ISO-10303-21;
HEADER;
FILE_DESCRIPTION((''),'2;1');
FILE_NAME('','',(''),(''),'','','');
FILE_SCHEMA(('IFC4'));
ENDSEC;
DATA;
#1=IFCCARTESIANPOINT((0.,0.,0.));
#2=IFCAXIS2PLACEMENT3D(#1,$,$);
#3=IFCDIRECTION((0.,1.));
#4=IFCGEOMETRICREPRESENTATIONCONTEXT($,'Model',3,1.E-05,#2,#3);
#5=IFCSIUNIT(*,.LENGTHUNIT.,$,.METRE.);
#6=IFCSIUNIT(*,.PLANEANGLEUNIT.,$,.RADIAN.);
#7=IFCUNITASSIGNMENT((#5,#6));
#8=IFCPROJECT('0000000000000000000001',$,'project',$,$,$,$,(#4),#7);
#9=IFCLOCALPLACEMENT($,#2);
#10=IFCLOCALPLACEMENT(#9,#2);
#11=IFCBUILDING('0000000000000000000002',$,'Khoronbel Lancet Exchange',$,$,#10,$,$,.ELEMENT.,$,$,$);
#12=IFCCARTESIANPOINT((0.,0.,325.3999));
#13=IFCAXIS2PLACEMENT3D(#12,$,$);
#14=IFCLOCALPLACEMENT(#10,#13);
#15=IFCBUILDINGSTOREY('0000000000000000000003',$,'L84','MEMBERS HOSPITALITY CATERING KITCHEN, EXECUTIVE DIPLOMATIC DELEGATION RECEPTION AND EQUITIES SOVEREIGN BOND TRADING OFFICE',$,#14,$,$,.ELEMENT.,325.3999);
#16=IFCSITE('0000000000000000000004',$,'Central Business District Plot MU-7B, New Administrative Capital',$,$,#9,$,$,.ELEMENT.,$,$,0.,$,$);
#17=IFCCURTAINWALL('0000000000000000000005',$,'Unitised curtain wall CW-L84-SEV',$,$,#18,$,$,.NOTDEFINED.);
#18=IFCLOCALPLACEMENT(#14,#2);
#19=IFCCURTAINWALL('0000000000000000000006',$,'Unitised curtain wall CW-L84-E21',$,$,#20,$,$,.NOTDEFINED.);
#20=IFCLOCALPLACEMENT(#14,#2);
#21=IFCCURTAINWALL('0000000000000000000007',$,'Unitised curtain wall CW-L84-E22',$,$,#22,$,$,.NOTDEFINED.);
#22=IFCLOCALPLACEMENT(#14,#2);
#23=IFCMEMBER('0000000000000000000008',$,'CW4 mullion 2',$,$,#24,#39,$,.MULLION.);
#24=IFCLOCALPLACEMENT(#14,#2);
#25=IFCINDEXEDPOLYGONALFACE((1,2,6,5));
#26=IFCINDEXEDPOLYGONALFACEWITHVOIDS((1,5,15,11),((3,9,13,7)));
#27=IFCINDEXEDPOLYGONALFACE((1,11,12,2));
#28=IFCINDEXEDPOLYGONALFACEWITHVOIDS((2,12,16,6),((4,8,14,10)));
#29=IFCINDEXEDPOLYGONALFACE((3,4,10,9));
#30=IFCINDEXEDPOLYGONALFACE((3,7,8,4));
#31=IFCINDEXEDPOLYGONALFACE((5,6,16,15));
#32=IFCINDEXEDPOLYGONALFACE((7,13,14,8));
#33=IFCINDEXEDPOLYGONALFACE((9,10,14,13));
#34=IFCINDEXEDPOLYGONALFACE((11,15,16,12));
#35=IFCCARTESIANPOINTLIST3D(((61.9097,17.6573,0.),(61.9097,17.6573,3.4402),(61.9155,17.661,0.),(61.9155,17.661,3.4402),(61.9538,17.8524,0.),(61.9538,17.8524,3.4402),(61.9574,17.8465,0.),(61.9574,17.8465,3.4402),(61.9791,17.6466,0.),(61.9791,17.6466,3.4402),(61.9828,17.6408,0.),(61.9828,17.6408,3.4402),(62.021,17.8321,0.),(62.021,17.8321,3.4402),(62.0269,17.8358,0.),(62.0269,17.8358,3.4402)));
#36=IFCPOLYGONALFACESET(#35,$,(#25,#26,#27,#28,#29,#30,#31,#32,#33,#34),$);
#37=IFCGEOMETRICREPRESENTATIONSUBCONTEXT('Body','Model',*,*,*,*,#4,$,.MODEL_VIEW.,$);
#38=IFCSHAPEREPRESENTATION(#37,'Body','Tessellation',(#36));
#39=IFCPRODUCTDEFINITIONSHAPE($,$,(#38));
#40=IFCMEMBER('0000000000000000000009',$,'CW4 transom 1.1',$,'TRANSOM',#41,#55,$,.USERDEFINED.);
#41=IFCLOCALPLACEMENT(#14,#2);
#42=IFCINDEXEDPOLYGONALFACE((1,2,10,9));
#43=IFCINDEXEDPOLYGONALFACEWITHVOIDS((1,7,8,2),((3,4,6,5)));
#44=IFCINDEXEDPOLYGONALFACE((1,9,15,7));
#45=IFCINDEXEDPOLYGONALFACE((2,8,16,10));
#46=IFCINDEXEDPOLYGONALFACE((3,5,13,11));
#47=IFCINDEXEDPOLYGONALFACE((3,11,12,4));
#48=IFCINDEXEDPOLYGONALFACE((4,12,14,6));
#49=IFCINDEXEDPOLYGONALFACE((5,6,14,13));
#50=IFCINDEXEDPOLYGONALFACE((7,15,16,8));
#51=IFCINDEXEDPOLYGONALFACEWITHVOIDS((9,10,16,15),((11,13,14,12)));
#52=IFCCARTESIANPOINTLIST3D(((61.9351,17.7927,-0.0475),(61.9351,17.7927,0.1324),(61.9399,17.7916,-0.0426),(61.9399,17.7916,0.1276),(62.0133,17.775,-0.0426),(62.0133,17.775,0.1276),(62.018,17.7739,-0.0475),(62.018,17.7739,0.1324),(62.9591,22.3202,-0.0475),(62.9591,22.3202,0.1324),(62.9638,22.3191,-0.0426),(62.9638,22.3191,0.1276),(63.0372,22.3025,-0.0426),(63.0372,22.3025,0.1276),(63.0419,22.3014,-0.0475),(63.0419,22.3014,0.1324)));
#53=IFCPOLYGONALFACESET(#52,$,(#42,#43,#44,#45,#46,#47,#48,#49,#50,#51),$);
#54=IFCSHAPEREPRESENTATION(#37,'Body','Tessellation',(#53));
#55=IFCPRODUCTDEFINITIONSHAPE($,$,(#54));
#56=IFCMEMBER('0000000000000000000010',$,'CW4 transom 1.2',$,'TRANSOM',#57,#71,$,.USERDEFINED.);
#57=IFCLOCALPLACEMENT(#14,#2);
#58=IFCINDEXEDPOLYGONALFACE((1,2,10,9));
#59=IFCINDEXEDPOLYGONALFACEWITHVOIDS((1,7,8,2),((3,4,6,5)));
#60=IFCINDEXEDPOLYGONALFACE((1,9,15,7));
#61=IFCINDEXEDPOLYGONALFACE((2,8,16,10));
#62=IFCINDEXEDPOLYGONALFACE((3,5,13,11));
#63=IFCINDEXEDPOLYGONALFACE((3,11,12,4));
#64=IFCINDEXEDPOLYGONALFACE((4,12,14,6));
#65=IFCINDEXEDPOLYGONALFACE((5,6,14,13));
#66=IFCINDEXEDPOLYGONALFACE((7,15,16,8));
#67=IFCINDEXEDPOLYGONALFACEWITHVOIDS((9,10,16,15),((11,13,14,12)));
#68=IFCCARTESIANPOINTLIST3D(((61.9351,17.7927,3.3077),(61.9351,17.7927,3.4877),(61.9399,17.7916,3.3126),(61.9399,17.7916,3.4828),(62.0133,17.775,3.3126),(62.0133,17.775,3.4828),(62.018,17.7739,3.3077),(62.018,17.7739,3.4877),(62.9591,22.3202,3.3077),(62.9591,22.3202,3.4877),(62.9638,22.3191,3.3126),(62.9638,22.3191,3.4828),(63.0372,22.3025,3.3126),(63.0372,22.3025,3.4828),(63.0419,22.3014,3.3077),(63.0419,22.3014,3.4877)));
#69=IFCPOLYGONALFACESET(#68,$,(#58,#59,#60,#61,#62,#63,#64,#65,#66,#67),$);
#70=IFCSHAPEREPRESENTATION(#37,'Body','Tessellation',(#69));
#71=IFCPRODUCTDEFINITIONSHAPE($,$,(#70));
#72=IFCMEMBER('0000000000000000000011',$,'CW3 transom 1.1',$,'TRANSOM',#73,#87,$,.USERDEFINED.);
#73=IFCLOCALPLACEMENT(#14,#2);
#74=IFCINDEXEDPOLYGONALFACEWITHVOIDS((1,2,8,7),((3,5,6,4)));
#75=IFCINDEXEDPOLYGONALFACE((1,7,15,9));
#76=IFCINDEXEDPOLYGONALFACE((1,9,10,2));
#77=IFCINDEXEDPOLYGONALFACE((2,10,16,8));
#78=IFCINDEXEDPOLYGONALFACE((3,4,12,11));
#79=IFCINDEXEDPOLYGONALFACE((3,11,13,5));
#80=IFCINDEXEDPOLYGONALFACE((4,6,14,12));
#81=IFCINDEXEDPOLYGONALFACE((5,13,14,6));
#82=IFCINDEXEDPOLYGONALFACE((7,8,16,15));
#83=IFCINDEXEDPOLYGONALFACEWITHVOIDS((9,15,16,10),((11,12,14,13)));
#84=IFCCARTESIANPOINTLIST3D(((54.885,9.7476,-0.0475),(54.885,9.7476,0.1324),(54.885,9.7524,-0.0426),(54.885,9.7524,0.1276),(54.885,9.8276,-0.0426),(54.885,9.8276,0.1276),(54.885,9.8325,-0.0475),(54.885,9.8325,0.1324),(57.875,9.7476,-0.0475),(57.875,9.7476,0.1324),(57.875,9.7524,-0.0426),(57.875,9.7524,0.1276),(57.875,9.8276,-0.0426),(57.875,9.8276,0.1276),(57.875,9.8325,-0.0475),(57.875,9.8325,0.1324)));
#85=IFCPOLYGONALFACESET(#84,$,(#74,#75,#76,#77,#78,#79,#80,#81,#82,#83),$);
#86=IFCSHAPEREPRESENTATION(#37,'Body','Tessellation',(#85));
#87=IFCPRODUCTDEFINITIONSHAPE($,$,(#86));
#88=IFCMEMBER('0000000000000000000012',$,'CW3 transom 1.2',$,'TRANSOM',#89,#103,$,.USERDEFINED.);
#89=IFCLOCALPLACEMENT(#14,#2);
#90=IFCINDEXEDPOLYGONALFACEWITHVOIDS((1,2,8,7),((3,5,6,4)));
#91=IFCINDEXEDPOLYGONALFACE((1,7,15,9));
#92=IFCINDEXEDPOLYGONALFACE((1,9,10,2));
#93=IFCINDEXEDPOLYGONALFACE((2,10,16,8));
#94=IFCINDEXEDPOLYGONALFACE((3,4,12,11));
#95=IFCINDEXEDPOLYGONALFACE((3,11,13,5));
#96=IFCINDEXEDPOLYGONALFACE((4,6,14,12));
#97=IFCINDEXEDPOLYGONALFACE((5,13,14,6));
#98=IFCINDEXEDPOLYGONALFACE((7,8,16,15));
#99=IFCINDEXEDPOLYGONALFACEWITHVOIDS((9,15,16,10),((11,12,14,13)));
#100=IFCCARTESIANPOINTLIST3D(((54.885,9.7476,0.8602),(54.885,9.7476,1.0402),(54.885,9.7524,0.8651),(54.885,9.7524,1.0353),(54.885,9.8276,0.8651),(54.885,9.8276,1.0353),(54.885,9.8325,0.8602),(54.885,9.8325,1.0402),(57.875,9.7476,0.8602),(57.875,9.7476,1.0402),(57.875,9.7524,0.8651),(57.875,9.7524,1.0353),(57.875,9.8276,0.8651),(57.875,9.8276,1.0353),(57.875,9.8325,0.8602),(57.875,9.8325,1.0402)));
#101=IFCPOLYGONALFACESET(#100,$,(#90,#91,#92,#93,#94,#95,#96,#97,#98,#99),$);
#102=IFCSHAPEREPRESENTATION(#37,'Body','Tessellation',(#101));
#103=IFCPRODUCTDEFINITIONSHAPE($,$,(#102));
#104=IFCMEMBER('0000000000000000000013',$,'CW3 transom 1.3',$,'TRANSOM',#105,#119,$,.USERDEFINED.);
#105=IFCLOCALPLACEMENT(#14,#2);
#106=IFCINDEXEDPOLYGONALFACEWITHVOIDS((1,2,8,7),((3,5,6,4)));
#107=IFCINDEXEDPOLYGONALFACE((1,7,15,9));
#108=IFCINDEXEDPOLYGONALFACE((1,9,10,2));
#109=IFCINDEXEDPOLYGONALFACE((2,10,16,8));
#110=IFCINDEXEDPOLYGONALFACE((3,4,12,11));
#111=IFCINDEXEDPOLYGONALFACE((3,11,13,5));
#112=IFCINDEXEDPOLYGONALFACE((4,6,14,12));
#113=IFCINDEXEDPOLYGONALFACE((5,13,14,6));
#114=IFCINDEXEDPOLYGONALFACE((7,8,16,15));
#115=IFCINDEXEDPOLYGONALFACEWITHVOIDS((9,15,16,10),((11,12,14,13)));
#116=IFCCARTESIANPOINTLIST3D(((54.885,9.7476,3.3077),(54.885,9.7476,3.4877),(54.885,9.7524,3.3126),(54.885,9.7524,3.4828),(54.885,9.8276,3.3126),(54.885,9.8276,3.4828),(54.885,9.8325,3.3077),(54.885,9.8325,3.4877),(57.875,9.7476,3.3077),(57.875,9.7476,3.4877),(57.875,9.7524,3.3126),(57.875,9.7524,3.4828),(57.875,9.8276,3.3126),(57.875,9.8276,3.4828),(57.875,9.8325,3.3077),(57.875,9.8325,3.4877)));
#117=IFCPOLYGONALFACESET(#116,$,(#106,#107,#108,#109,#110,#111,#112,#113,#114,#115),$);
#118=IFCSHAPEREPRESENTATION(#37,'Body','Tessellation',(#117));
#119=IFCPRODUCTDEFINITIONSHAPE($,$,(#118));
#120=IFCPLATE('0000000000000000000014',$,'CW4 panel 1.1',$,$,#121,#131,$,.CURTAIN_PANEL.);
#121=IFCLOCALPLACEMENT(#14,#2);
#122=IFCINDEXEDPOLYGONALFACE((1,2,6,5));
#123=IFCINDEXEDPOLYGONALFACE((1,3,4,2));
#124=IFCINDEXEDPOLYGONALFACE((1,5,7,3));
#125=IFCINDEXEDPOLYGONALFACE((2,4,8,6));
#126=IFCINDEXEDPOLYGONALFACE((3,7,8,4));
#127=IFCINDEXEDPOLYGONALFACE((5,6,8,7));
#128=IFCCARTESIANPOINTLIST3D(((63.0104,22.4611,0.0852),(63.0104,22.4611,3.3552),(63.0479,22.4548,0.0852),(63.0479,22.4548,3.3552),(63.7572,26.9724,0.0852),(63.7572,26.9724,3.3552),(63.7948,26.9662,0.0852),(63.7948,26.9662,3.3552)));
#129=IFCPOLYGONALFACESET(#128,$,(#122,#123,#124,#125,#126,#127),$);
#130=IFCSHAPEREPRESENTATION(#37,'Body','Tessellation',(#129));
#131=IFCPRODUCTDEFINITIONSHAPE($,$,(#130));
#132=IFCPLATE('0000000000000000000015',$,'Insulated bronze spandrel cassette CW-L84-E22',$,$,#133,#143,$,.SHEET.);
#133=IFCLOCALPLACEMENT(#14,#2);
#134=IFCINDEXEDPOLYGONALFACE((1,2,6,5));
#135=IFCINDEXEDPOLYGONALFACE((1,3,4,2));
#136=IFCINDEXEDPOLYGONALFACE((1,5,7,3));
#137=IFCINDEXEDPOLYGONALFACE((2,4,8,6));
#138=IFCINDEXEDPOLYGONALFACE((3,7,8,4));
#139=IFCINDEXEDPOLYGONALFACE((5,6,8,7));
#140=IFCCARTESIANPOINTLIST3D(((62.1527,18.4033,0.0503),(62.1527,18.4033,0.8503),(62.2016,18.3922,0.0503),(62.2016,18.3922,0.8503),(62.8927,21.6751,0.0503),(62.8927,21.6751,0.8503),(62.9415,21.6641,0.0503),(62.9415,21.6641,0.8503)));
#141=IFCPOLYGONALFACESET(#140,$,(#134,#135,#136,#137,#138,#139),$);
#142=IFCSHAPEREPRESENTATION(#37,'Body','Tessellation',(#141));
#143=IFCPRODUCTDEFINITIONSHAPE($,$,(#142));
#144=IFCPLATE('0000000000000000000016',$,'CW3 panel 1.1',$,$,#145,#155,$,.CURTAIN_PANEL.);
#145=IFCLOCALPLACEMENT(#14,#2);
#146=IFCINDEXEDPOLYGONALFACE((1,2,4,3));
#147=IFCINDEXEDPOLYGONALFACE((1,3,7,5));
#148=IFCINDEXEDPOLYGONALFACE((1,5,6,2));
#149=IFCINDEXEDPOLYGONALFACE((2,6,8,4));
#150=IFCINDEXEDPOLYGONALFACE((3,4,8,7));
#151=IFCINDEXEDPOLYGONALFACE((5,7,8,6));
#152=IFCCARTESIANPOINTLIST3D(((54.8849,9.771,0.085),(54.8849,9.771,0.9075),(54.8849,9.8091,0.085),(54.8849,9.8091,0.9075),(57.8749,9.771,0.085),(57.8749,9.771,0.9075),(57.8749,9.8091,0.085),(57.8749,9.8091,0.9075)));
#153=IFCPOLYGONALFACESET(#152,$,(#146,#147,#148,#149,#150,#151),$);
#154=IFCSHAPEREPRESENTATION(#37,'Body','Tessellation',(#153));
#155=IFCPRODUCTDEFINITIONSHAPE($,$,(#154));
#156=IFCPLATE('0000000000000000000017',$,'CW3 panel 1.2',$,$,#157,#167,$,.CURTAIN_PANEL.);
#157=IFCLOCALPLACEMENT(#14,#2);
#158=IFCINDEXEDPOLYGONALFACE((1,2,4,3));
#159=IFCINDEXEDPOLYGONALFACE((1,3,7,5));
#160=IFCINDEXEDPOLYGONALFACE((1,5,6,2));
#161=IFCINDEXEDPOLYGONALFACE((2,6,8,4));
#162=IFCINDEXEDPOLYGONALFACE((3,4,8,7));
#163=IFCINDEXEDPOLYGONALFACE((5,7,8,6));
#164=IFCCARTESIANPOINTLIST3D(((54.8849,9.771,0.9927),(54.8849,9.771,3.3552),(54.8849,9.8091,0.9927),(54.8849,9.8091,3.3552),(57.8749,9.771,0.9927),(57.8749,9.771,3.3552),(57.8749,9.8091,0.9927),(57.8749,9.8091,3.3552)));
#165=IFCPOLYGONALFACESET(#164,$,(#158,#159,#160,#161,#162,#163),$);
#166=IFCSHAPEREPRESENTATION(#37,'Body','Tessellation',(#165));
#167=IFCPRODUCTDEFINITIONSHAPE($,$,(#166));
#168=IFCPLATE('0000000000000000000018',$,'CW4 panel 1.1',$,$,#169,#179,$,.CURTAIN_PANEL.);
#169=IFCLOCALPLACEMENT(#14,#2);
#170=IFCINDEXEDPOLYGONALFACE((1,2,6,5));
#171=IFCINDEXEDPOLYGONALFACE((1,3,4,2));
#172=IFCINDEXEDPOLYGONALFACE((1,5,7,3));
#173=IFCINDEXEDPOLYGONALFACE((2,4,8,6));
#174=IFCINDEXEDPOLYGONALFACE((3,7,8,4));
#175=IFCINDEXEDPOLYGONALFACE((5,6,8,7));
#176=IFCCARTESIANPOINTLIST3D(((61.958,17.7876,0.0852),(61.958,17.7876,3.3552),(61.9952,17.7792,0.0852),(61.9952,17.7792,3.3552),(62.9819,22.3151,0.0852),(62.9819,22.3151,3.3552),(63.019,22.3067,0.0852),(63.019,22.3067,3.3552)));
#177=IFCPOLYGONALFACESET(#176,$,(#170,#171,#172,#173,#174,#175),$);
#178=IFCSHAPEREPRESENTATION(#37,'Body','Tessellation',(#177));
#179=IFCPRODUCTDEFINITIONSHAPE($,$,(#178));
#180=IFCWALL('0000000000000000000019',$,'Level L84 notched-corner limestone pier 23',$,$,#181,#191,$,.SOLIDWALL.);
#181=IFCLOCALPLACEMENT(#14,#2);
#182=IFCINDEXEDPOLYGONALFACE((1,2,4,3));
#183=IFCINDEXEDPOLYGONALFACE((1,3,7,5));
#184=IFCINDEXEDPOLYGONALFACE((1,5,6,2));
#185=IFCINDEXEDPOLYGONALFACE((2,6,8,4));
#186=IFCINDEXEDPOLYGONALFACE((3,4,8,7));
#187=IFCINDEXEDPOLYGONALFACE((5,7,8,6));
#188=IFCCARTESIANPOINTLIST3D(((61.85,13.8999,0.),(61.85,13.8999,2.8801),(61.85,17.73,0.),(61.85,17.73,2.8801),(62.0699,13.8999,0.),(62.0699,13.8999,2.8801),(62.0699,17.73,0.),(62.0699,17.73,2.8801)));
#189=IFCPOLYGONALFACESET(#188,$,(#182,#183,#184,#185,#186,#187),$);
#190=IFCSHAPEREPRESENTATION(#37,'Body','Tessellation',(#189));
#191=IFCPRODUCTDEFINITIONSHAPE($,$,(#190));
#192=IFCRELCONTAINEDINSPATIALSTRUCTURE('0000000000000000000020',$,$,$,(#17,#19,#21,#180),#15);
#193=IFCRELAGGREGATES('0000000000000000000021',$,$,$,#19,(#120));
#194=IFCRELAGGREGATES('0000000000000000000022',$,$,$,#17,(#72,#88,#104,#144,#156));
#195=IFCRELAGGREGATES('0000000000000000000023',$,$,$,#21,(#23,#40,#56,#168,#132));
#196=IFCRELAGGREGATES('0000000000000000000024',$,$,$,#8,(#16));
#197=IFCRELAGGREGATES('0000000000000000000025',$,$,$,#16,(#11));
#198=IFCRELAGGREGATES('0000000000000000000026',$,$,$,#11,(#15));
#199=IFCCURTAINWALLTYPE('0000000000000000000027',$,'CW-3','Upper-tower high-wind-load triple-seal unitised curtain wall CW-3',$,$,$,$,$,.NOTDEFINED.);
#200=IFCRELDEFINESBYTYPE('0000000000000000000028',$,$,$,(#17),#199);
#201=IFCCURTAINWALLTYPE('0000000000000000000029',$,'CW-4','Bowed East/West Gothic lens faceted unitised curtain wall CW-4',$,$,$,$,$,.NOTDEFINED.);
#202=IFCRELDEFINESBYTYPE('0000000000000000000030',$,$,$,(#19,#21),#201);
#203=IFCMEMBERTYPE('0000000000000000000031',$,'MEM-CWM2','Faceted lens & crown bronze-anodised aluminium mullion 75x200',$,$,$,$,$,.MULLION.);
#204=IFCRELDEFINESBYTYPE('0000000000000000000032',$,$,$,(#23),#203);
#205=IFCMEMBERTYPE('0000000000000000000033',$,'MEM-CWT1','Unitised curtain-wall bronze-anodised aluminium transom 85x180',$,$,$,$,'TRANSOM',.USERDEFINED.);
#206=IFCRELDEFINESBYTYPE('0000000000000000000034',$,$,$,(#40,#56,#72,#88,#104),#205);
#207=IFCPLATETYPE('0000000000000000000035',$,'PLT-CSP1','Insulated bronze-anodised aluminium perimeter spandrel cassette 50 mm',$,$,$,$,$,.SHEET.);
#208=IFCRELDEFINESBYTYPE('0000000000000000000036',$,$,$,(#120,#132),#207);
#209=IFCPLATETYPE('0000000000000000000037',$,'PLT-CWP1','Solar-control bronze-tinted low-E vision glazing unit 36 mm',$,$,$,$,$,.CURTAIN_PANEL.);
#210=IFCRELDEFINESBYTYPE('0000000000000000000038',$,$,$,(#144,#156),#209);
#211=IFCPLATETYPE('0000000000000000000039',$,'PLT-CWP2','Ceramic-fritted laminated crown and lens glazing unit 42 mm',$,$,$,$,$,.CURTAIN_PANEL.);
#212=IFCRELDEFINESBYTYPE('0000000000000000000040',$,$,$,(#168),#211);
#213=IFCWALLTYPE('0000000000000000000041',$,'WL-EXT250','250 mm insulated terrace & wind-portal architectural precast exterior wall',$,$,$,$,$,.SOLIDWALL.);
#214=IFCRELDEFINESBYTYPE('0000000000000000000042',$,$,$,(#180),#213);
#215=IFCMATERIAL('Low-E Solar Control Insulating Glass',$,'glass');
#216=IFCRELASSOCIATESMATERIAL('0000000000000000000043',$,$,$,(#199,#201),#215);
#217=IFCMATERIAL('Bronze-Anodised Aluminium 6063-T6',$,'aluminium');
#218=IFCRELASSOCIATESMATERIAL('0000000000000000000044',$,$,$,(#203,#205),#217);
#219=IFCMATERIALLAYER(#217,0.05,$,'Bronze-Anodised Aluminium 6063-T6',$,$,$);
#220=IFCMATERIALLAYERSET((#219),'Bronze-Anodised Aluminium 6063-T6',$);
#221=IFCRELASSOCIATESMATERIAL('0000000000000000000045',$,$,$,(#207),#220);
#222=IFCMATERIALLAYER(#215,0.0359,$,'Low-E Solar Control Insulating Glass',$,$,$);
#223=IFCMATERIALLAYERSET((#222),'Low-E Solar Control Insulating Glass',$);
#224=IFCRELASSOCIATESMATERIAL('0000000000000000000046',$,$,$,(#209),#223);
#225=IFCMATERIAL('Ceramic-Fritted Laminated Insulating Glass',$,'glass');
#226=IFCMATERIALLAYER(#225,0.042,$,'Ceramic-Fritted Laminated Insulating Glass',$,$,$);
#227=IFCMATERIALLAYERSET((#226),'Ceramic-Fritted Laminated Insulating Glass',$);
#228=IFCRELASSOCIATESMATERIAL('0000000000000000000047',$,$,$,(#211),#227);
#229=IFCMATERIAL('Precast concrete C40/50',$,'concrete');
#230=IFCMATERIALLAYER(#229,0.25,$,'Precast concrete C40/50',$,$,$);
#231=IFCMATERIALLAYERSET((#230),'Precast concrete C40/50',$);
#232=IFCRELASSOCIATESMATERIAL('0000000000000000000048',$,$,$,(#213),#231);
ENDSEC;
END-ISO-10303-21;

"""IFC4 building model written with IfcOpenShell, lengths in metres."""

from ifc_helpers import new_model, si_unit, direction, frame, frame_2d, origin, origin_2d, place, context, subcontext, project, spatial, rectangle, hollow_rectangle, extrude, material, layer, layer_set, material_profile, profile_set, type_object, element, aggregate, save


model = new_model("IFC4")

# Units and contexts
model_context = context("Model", 3, precision=1e-05, world=origin(), true_north=direction((0.0, 1.0)))
body_context = subcontext(model_context, "Body", "Model", "MODEL_VIEW")
ifc_project = project(units=[si_unit("LENGTHUNIT", "METRE"), si_unit("PLANEANGLEUNIT", "RADIAN")], contexts=[model_context])

# Site, building, storey
site_placement = place(None, origin())
site = spatial("IfcSite", under=ifc_project, at=site_placement, Name="Central Business District Plot MU-7B, New Administrative Capital", CompositionType="ELEMENT", RefElevation=0.0)
building_placement = place(site_placement, origin())
building = spatial("IfcBuilding", under=site, at=building_placement, Name="Khoronbel Lancet Exchange", CompositionType="ELEMENT")
storey_placement = place(building_placement, frame((0.0, 0.0, 325.3999)))
storey = spatial("IfcBuildingStorey", under=building, at=storey_placement, Name="L84", Description="MEMBERS HOSPITALITY CATERING KITCHEN, EXECUTIVE DIPLOMATIC DELEGATION RECEPTION AND EQUITIES SOVEREIGN BOND TRADING OFFICE", CompositionType="ELEMENT", Elevation=325.3999)

# Shared definitions
ifc_material_1 = material(Name="Low-E Solar Control Insulating Glass", Category="glass")
curtain_wall_type_1 = type_object("IfcCurtainWallType", Name="CW-3", Description="Upper-tower high-wind-load triple-seal unitised curtain wall CW-3", PredefinedType="NOTDEFINED", material=ifc_material_1)
ifc_material_2 = material(Name="Bronze-Anodised Aluminium 6063-T6", Category="aluminium")

# Curtain wall
curtain_wall_1_placement = place(storey_placement, origin())
curtain_wall_1 = element("IfcCurtainWall", 1, at=curtain_wall_1_placement, inside=storey, type_object=curtain_wall_type_1, Name="Unitised curtain wall CW-L84-SEV", PredefinedType="NOTDEFINED")

# Curtain wall
curtain_wall_type_2 = type_object("IfcCurtainWallType", Name="CW-4", Description="Bowed East/West Gothic lens faceted unitised curtain wall CW-4", PredefinedType="NOTDEFINED", material=ifc_material_1)
curtain_wall_2_placement = place(storey_placement, origin())
curtain_wall_2 = element("IfcCurtainWall", 2, at=curtain_wall_2_placement, inside=storey, type_object=curtain_wall_type_2, Name="Unitised curtain wall CW-L84-E21", PredefinedType="NOTDEFINED")
ifc_material_profile_1 = material_profile(ifc_material_2, hollow_rectangle(XDim=0.075, YDim=0.2, WallThickness=0.0049, at=origin_2d()), Name="ALU MULLION 75x200")
ifc_profile_set_1 = profile_set([ifc_material_profile_1], Name="Bronze-Anodised Aluminium 6063-T6")
member_type_1 = type_object("IfcMemberType", Name="MEM-CWM2", Description="Faceted lens & crown bronze-anodised aluminium mullion 75x200", PredefinedType="MULLION", material=ifc_profile_set_1)

# Curtain wall, members
curtain_wall_3_placement = place(storey_placement, origin())
curtain_wall_3 = element("IfcCurtainWall", 3, at=curtain_wall_3_placement, inside=storey, type_object=curtain_wall_type_2, Name="Unitised curtain wall CW-L84-E22", PredefinedType="NOTDEFINED")
member_1_placement = place(storey_placement, frame((61.9683, 17.7466, 0.0), z_axis=(0.0, 0.0, 1.0), x_axis=(0.975369, -0.220579, 0.0)))
member_1 = element("IfcMember", 4, at=member_1_placement, type_object=member_type_1, Name="CW4 mullion 2", PredefinedType="MULLION", context=body_context, shape_type="SweptSolid", body=[
    extrude(hollow_rectangle(XDim=0.075, YDim=0.2, WallThickness=0.0049, at=origin_2d()), origin(), (0.0, 0.0, 1.0), 3.4402),
])
ifc_material_profile_2 = material_profile(ifc_material_2, hollow_rectangle(XDim=0.085, YDim=0.1799, WallThickness=0.0049, at=origin_2d()), Name="ALU TRANSOM 85x180")
ifc_profile_set_2 = profile_set([ifc_material_profile_2], Name="Bronze-Anodised Aluminium 6063-T6")
member_type_2 = type_object("IfcMemberType", Name="MEM-CWT1", Description="Unitised curtain-wall bronze-anodised aluminium transom 85x180", ElementType="TRANSOM", PredefinedType="USERDEFINED", material=ifc_profile_set_2)
member_2_placement = place(storey_placement, frame((63.0005, 22.3108, 0.0425), z_axis=(-0.220582, -0.975368, 0.0), x_axis=(0.975368, -0.220582, 0.0)))
member_2 = element("IfcMember", 5, at=member_2_placement, type_object=member_type_2, Name="CW4 transom 1.1", ObjectType="TRANSOM", PredefinedType="USERDEFINED", context=body_context, shape_type="SweptSolid", body=[
    extrude(hollow_rectangle(XDim=0.085, YDim=0.1799, WallThickness=0.0049, at=origin_2d()), origin(), (0.0, 0.0, 1.0), 4.6418),
])
member_3_placement = place(storey_placement, frame((63.0005, 22.3108, 3.3977), z_axis=(-0.220582, -0.975368, 0.0), x_axis=(0.975368, -0.220582, 0.0)))
member_3 = element("IfcMember", 6, at=member_3_placement, type_object=member_type_2, Name="CW4 transom 1.2", ObjectType="TRANSOM", PredefinedType="USERDEFINED", context=body_context, shape_type="SweptSolid", body=[
    extrude(hollow_rectangle(XDim=0.085, YDim=0.1799, WallThickness=0.0049, at=origin_2d()), origin(), (0.0, 0.0, 1.0), 4.6418),
])

# Members
member_4_placement = place(storey_placement, frame((54.885, 9.79, 0.0425), z_axis=(1.0, 0.0, 0.0), x_axis=(0.0, 1.0, 0.0)))
member_4 = element("IfcMember", 7, at=member_4_placement, type_object=member_type_2, Name="CW3 transom 1.1", ObjectType="TRANSOM", PredefinedType="USERDEFINED", context=body_context, shape_type="SweptSolid", body=[
    extrude(hollow_rectangle(XDim=0.085, YDim=0.1799, WallThickness=0.0049, at=origin_2d()), origin(), (0.0, 0.0, 1.0), 2.99),
])
member_5_placement = place(storey_placement, frame((54.885, 9.79, 0.9502), z_axis=(1.0, 0.0, 0.0), x_axis=(0.0, 1.0, 0.0)))
member_5 = element("IfcMember", 8, at=member_5_placement, type_object=member_type_2, Name="CW3 transom 1.2", ObjectType="TRANSOM", PredefinedType="USERDEFINED", context=body_context, shape_type="SweptSolid", body=[
    extrude(hollow_rectangle(XDim=0.085, YDim=0.1799, WallThickness=0.0049, at=origin_2d()), origin(), (0.0, 0.0, 1.0), 2.99),
])
member_6_placement = place(storey_placement, frame((54.885, 9.79, 3.3977), z_axis=(1.0, 0.0, 0.0), x_axis=(0.0, 1.0, 0.0)))
member_6 = element("IfcMember", 9, at=member_6_placement, type_object=member_type_2, Name="CW3 transom 1.3", ObjectType="TRANSOM", PredefinedType="USERDEFINED", context=body_context, shape_type="SweptSolid", body=[
    extrude(hollow_rectangle(XDim=0.085, YDim=0.1799, WallThickness=0.0049, at=origin_2d()), origin(), (0.0, 0.0, 1.0), 2.99),
])

# Plates
ifc_layer_1 = layer(ifc_material_2, 0.05, Name="Bronze-Anodised Aluminium 6063-T6")
ifc_layer_set_1 = layer_set([ifc_layer_1], Name="Bronze-Anodised Aluminium 6063-T6")
plate_type_1 = type_object("IfcPlateType", Name="PLT-CSP1", Description="Insulated bronze-anodised aluminium perimeter spandrel cassette 50 mm", PredefinedType="SHEET", material=ifc_layer_set_1)
plate_1_placement = place(storey_placement, frame((63.4026, 24.7136, 0.0852), z_axis=(0.0, 0.0, 1.0), x_axis=(-0.163334, -0.986571, 0.0)))
plate_1 = element("IfcPlate", 10, at=plate_1_placement, type_object=plate_type_1, Name="CW4 panel 1.1", PredefinedType="CURTAIN_PANEL", context=body_context, shape_type="SweptSolid", body=[
    extrude(rectangle(XDim=4.5728, YDim=0.0381, at=origin_2d()), origin(), (0.0, 0.0, 1.0), 3.27),
])
aggregate(curtain_wall_2, [plate_1])
plate_2_placement = place(storey_placement, frame((62.5471, 20.0337, 0.0503), z_axis=(0.0, 0.0, 1.0), x_axis=(-0.220579, -0.975369, 0.0)))
plate_2 = element("IfcPlate", 11, at=plate_2_placement, type_object=plate_type_1, Name="Insulated bronze spandrel cassette CW-L84-E22", PredefinedType="SHEET", context=body_context, shape_type="SweptSolid", body=[
    extrude(rectangle(XDim=3.3545, YDim=0.05, at=origin_2d()), origin(), (0.0, 0.0, 1.0), 0.8),
])
ifc_layer_2 = layer(ifc_material_1, 0.0359, Name="Low-E Solar Control Insulating Glass")
ifc_layer_set_2 = layer_set([ifc_layer_2], Name="Low-E Solar Control Insulating Glass")
plate_type_2 = type_object("IfcPlateType", Name="PLT-CWP1", Description="Solar-control bronze-tinted low-E vision glazing unit 36 mm", PredefinedType="CURTAIN_PANEL", material=ifc_layer_set_2)
plate_3_placement = place(storey_placement, frame((56.3799, 9.79, 0.085), z_axis=(0.0, 0.0, 1.0), x_axis=(1.0, 0.0, 0.0)))
plate_3 = element("IfcPlate", 12, at=plate_3_placement, type_object=plate_type_2, Name="CW3 panel 1.1", PredefinedType="CURTAIN_PANEL", context=body_context, shape_type="SweptSolid", body=[
    extrude(rectangle(XDim=2.99, YDim=0.0381, at=origin_2d()), origin(), (0.0, 0.0, 1.0), 0.8225),
])
plate_4_placement = place(storey_placement, frame((56.3799, 9.79, 0.9927), z_axis=(0.0, 0.0, 1.0), x_axis=(1.0, 0.0, 0.0)))
plate_4 = element("IfcPlate", 13, at=plate_4_placement, type_object=plate_type_2, Name="CW3 panel 1.2", PredefinedType="CURTAIN_PANEL", context=body_context, shape_type="SweptSolid", body=[
    extrude(rectangle(XDim=2.99, YDim=0.0381, at=origin_2d()), origin(), (0.0, 0.0, 1.0), 2.3625),
])
aggregate(curtain_wall_1, [member_4, member_5, member_6, plate_3, plate_4])
ifc_material_3 = material(Name="Ceramic-Fritted Laminated Insulating Glass", Category="glass")
ifc_layer_3 = layer(ifc_material_3, 0.042, Name="Ceramic-Fritted Laminated Insulating Glass")
ifc_layer_set_3 = layer_set([ifc_layer_3], Name="Ceramic-Fritted Laminated Insulating Glass")
plate_type_3 = type_object("IfcPlateType", Name="PLT-CWP2", Description="Ceramic-fritted laminated crown and lens glazing unit 42 mm", PredefinedType="CURTAIN_PANEL", material=ifc_layer_set_3)
plate_5_placement = place(storey_placement, frame((62.4885, 20.0471, 0.0852), z_axis=(0.0, 0.0, 1.0), x_axis=(-0.220579, -0.975369, 0.0)))
plate_5 = element("IfcPlate", 14, at=plate_5_placement, type_object=plate_type_3, Name="CW4 panel 1.1", PredefinedType="CURTAIN_PANEL", context=body_context, shape_type="SweptSolid", body=[
    extrude(rectangle(XDim=4.6418, YDim=0.0381, at=origin_2d()), origin(), (0.0, 0.0, 1.0), 3.27),
])
aggregate(curtain_wall_3, [member_1, member_2, member_3, plate_5, plate_2])

# Wall
ifc_material_4 = material(Name="Precast concrete C40/50", Category="concrete")
ifc_layer_4 = layer(ifc_material_4, 0.25, Name="Precast concrete C40/50")
ifc_layer_set_4 = layer_set([ifc_layer_4], Name="Precast concrete C40/50")
wall_type_1 = type_object("IfcWallType", Name="WL-EXT250", Description="250 mm insulated terrace & wind-portal architectural precast exterior wall", PredefinedType="SOLIDWALL", material=ifc_layer_set_4)
wall_1_placement = place(storey_placement, frame((61.96, 17.73, 0.0), z_axis=(0.0, 0.0, 1.0), x_axis=(0.0, -1.0, 0.0)))
element("IfcWall", 15, at=wall_1_placement, inside=storey, type_object=wall_type_1, Name="Level L84 notched-corner limestone pier 23", PredefinedType="SOLIDWALL", context=body_context, shape_type="SweptSolid", body=[
    extrude(rectangle(XDim=3.8301, YDim=0.22, at=frame_2d((1.915, 0.0))), origin(), (0.0, 0.0, 1.0), 2.8801),
])

save(model, "model.ifc")
